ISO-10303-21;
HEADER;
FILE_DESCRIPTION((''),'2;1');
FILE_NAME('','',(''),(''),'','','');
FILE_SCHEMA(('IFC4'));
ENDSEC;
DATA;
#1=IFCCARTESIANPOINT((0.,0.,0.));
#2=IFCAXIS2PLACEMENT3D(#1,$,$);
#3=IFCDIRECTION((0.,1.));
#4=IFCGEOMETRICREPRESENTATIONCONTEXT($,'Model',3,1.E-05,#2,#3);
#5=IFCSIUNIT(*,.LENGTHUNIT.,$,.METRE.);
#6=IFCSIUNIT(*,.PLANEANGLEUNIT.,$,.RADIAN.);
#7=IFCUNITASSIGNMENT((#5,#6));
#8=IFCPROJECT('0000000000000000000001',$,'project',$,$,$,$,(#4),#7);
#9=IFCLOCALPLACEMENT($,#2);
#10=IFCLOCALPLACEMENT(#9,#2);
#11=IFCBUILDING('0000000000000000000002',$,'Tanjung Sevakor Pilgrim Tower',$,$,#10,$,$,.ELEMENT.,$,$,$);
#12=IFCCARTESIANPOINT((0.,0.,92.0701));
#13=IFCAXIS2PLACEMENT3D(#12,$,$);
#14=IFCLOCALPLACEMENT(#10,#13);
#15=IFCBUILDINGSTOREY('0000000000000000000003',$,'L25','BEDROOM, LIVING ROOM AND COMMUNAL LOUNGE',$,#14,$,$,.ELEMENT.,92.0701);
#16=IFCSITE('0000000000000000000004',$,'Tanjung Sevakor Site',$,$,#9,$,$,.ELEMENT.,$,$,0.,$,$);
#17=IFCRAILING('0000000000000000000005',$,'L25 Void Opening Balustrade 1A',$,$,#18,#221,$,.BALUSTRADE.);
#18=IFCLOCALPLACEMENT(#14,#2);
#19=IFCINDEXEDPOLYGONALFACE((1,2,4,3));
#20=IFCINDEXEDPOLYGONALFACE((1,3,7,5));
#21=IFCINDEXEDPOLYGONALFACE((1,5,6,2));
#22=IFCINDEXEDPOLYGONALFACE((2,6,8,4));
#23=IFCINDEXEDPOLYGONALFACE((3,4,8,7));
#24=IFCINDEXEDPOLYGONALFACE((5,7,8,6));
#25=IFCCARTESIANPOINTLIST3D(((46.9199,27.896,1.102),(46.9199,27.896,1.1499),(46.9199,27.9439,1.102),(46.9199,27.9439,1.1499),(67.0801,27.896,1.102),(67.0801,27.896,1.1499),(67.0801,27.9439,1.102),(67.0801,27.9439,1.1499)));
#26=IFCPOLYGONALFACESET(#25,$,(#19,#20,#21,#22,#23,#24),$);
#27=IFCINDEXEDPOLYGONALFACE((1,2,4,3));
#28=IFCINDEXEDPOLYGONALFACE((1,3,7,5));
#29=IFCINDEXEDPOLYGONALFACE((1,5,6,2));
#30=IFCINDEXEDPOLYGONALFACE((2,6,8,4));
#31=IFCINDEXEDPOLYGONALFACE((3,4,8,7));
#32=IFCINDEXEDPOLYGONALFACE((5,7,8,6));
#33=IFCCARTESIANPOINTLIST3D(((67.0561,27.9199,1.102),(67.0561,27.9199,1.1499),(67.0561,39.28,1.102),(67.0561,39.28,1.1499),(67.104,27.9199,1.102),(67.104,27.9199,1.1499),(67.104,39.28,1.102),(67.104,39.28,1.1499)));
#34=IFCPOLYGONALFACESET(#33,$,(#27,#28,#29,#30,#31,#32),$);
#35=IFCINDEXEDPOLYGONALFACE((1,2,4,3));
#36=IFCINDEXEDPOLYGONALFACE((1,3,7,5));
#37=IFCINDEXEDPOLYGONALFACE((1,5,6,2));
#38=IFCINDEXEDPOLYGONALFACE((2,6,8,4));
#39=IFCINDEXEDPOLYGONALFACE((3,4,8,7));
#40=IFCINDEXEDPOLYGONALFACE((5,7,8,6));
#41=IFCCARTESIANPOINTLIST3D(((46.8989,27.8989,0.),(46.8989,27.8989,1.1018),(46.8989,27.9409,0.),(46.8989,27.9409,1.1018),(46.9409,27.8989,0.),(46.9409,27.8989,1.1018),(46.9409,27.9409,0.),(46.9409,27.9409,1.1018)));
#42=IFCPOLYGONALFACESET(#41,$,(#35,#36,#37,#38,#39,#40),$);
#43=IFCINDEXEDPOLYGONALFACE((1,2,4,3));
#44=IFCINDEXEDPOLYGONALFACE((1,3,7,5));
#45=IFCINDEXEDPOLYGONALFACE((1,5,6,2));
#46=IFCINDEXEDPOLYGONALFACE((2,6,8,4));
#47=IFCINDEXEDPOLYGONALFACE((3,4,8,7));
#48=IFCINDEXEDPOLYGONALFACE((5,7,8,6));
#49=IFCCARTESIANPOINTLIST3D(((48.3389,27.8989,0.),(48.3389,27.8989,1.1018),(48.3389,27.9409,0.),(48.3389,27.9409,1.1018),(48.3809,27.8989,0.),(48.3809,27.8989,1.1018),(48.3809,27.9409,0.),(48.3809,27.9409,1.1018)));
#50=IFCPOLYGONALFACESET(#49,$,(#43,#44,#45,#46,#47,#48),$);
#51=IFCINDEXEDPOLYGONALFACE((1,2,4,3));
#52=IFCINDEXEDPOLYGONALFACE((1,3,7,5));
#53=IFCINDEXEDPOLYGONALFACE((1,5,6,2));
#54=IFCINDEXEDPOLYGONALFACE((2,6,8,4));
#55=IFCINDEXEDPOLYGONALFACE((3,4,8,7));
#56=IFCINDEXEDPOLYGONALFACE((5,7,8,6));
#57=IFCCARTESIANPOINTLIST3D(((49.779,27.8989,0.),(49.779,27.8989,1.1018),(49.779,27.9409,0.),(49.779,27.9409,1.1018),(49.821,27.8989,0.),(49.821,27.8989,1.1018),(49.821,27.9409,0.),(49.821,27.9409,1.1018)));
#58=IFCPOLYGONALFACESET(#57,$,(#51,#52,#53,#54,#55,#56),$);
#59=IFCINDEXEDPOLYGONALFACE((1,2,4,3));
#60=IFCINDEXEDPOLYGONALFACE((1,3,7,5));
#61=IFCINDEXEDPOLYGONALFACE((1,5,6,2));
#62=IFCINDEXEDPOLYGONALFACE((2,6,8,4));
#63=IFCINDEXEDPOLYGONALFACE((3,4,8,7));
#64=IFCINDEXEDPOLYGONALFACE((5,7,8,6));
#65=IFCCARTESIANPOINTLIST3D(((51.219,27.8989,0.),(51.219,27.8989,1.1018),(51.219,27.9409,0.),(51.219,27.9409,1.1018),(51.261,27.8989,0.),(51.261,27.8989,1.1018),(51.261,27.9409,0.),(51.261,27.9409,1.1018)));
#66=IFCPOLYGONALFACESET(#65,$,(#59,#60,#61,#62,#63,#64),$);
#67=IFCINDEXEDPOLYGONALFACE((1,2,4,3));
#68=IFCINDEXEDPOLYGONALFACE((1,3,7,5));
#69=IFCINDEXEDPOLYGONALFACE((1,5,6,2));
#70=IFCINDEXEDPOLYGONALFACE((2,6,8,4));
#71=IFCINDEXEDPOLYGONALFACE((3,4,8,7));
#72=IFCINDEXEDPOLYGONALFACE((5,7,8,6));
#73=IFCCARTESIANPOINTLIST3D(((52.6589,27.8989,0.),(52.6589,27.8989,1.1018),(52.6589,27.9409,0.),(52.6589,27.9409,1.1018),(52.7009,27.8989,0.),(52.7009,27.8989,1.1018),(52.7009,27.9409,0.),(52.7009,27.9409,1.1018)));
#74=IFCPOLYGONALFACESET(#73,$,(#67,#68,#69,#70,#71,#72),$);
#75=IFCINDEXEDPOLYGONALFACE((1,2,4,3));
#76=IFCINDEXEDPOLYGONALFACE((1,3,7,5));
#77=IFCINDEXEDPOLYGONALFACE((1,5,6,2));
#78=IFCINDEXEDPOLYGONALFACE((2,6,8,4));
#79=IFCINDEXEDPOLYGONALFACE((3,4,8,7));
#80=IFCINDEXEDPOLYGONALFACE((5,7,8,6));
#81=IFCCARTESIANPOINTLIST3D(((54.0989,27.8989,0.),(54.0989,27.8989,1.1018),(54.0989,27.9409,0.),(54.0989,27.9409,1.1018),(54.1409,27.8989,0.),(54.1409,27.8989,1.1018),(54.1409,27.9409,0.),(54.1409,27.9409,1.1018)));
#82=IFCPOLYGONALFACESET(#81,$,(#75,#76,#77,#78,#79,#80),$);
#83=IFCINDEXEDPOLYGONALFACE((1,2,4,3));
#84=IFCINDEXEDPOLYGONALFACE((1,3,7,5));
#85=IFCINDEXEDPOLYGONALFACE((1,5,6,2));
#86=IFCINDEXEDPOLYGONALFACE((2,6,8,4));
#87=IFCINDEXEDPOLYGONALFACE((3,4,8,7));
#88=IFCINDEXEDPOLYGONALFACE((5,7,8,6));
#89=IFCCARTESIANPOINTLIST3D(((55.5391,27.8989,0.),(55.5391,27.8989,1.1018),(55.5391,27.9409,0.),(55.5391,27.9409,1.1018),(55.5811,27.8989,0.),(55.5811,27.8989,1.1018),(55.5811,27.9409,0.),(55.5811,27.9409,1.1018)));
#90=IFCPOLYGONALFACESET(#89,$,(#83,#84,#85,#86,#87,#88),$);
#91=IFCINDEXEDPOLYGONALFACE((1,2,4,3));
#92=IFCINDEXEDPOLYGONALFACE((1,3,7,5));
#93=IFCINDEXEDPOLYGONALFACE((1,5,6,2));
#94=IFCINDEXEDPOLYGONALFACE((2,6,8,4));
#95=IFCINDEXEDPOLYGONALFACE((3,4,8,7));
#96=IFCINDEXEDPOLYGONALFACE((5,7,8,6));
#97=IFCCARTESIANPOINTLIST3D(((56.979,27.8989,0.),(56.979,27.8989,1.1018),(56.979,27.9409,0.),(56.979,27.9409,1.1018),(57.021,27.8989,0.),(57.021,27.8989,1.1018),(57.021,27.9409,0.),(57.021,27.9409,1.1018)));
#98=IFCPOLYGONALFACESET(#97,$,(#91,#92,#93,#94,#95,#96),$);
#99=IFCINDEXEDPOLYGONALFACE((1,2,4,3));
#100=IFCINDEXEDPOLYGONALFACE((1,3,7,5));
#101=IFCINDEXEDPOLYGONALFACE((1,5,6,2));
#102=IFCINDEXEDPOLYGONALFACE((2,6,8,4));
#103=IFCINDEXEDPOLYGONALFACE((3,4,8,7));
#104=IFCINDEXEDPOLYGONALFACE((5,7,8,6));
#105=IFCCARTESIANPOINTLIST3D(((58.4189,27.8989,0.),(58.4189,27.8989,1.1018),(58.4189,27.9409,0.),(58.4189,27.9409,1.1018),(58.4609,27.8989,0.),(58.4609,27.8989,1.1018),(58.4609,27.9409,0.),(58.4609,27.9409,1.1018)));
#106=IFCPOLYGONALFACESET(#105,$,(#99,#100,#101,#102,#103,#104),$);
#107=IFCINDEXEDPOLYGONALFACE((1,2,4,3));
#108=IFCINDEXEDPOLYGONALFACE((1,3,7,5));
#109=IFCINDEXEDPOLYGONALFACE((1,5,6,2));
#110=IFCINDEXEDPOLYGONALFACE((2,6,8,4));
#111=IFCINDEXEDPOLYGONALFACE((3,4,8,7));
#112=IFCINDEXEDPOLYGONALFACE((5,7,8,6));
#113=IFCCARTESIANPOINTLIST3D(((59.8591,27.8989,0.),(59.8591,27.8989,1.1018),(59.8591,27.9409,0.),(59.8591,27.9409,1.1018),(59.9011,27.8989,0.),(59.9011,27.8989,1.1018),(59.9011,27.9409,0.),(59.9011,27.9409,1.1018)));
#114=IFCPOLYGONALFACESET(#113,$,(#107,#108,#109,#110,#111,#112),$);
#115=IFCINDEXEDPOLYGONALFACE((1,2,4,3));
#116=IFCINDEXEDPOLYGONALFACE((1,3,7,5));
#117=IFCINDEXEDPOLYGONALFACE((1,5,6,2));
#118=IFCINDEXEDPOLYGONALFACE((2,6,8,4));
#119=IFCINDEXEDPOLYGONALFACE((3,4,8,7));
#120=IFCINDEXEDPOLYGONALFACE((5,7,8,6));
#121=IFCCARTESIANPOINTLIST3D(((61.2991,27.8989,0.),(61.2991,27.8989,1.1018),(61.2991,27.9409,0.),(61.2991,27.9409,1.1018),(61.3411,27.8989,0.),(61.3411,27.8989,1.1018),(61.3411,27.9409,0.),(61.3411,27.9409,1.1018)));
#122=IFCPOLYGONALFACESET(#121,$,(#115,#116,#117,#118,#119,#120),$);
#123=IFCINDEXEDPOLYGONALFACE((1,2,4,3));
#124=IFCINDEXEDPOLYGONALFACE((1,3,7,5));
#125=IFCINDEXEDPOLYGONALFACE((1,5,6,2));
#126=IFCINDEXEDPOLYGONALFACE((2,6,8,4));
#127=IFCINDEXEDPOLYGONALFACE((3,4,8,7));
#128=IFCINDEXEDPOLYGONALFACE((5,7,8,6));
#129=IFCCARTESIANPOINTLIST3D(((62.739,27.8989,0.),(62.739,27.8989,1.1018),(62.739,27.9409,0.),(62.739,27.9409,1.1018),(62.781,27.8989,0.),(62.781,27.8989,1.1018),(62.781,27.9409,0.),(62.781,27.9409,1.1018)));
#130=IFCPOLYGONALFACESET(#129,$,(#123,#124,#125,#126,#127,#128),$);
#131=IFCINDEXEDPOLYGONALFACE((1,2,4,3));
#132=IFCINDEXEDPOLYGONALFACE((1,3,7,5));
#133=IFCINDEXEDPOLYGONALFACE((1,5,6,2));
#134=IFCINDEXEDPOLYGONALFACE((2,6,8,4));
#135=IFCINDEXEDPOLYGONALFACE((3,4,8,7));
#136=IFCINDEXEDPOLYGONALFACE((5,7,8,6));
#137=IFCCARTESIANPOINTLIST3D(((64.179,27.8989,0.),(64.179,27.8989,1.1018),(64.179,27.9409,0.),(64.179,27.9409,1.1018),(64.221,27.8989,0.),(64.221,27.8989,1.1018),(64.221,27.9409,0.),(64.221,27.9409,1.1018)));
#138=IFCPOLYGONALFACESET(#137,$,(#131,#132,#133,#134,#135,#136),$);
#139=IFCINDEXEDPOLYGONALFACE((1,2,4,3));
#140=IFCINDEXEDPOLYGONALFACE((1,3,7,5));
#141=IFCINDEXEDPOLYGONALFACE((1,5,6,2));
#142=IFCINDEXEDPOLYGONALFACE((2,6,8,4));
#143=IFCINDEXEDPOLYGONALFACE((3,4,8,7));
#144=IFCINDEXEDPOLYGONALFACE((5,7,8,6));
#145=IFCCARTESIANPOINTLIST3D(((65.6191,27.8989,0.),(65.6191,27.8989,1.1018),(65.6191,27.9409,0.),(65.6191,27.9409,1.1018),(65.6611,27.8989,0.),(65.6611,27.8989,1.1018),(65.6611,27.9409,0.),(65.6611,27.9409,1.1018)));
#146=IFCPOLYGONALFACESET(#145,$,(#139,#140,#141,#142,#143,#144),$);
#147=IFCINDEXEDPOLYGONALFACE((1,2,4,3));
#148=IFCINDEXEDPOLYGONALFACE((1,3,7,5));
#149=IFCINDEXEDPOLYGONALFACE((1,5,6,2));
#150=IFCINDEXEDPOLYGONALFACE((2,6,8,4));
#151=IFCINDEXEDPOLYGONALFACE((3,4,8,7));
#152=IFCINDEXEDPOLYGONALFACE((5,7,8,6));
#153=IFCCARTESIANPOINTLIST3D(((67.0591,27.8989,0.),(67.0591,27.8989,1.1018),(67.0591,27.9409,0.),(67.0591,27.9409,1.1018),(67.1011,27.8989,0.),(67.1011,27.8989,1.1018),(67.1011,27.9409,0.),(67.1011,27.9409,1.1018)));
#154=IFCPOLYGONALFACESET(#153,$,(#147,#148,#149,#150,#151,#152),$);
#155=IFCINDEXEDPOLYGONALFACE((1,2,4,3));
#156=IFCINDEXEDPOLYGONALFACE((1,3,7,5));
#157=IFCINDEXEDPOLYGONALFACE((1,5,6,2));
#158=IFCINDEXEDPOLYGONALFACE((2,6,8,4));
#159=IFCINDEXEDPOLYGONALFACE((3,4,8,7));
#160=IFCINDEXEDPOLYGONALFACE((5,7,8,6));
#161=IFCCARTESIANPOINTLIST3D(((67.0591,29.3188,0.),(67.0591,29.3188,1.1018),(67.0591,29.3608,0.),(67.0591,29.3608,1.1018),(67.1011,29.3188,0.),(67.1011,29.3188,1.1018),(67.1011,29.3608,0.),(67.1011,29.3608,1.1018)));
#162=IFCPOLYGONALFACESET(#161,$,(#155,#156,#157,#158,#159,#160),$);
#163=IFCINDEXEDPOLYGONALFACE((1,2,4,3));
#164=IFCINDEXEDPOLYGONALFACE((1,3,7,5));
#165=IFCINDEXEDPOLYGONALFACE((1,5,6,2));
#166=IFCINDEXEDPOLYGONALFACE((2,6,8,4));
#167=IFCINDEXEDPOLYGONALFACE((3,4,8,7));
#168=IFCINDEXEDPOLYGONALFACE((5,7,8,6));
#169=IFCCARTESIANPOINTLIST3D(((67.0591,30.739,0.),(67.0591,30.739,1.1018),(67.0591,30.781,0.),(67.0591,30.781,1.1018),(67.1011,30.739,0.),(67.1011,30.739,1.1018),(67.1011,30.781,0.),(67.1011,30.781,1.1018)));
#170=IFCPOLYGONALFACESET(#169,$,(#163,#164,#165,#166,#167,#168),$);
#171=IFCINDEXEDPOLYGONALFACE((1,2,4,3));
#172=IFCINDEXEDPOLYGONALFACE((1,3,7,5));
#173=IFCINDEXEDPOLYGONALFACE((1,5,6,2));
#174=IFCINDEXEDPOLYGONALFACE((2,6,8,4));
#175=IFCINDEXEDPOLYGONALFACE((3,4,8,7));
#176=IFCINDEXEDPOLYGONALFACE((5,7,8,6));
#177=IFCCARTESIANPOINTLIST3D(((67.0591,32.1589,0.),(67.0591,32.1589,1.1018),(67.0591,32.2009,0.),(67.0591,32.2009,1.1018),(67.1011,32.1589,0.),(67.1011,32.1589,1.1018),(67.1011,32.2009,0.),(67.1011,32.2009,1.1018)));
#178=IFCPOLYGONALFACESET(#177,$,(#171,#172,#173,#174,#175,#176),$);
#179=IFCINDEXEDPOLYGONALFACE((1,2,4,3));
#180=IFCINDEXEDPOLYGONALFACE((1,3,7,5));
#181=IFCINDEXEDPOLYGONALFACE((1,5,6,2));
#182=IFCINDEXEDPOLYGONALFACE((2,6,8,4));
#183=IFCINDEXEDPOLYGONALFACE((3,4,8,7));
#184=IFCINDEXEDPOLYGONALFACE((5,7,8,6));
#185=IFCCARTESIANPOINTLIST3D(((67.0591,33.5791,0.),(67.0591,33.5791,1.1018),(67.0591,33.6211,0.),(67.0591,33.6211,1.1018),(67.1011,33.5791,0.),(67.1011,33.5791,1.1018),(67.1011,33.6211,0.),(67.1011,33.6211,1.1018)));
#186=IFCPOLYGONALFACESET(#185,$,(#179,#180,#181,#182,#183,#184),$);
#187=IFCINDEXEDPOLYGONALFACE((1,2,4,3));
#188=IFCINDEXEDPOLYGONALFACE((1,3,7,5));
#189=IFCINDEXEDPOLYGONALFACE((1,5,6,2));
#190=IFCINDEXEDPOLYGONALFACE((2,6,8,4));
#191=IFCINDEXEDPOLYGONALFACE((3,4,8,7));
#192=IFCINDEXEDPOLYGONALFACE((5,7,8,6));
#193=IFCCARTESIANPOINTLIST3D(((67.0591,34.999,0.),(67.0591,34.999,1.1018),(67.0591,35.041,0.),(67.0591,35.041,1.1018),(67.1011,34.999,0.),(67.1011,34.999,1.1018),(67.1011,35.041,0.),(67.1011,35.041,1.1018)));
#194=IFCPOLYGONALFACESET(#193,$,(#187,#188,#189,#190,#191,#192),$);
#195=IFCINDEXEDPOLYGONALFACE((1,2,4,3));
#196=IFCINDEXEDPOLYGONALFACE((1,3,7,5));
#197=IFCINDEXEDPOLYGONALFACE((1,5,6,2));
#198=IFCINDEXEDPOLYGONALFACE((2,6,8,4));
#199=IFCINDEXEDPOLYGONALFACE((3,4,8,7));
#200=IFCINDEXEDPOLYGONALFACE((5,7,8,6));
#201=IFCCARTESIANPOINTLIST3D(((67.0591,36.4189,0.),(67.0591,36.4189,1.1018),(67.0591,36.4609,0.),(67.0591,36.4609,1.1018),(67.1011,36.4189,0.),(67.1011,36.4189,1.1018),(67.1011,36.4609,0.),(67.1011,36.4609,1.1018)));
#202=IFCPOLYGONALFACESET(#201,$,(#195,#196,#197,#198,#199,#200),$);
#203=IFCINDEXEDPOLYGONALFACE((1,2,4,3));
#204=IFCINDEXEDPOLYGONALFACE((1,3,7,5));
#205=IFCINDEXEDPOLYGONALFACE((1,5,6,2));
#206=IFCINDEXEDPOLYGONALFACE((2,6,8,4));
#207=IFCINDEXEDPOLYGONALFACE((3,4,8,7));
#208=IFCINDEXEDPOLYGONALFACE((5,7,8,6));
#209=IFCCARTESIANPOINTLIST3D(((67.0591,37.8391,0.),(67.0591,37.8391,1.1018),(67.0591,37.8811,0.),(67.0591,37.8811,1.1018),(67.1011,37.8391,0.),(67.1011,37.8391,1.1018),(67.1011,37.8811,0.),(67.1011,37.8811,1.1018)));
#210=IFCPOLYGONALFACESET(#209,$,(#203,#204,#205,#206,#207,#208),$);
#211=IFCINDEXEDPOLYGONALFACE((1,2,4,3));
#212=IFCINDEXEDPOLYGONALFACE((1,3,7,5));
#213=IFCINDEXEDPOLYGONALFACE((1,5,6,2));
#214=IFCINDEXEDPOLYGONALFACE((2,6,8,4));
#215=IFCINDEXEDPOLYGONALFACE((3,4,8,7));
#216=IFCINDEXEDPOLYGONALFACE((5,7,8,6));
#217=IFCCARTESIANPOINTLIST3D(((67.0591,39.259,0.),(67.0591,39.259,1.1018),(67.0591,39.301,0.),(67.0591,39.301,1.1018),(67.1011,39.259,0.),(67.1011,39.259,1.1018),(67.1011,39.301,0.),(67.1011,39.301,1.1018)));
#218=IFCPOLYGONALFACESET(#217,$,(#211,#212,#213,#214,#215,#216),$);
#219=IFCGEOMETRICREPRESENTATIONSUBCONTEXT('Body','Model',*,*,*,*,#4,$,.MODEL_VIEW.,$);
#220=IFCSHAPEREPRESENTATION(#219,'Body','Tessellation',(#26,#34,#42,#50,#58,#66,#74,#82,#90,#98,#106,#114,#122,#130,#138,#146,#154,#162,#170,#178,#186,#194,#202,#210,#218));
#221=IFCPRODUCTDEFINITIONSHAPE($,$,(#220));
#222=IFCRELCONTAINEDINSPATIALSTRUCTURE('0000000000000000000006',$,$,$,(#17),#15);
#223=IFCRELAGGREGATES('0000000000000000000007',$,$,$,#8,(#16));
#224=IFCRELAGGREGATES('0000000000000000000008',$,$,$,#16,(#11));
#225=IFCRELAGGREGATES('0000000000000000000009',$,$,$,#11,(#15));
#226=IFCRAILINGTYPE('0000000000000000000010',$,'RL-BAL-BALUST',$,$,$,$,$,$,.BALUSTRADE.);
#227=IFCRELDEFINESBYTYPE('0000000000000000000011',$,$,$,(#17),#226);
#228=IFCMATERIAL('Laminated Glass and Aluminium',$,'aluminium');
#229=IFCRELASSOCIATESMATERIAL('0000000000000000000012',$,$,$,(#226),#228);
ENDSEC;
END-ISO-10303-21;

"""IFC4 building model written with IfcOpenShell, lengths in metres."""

from ifc_helpers import new_model, si_unit, direction, frame, origin, place, context, subcontext, project, spatial, rectangle, extrude, material, type_object, element, save


model = new_model("IFC4")

# Units and contexts
model_context = context("Model", 3, precision=1e-05, world=origin(), true_north=direction((0.0, 1.0)))
body_context = subcontext(model_context, "Body", "Model", "MODEL_VIEW")
ifc_project = project(units=[si_unit("LENGTHUNIT", "METRE"), si_unit("PLANEANGLEUNIT", "RADIAN")], contexts=[model_context])

# Site, building, storey
site_placement = place(None, origin())
site = spatial("IfcSite", under=ifc_project, at=site_placement, Name="Tanjung Sevakor Site", CompositionType="ELEMENT", RefElevation=0.0)
building_placement = place(site_placement, origin())
building = spatial("IfcBuilding", under=site, at=building_placement, Name="Tanjung Sevakor Pilgrim Tower", CompositionType="ELEMENT")
storey_placement = place(building_placement, frame((0.0, 0.0, 92.0701)))
storey = spatial("IfcBuildingStorey", under=building, at=storey_placement, Name="L25", Description="BEDROOM, LIVING ROOM AND COMMUNAL LOUNGE", CompositionType="ELEMENT", Elevation=92.0701)

# Railing
ifc_material_1 = material(Name="Laminated Glass and Aluminium", Category="aluminium")
railing_type = type_object("IfcRailingType", Name="RL-BAL-BALUST", PredefinedType="BALUSTRADE", material=ifc_material_1)
railing_placement = place(storey_placement, frame((46.9199, 27.9199, 0.0)))
element("IfcRailing", 1, at=railing_placement, inside=storey, type_object=railing_type, Name="L25 Void Opening Balustrade 1A", PredefinedType="BALUSTRADE", context=body_context, shape_type="SweptSolid", body=[
    extrude(rectangle(XDim=0.0479, YDim=0.0479), frame((0.0, 0.0, 1.126), z_axis=(1.0, 0.0, 0.0), x_axis=(0.0, 1.0, 0.0)), (0.0, 0.0, 1.0), 20.1602),
    extrude(rectangle(XDim=0.0479, YDim=0.0479), frame((20.1602, 0.0, 1.126), z_axis=(0.0, 1.0, 0.0), x_axis=(-1.0, 0.0, 0.0)), (0.0, 0.0, 1.0), 11.3601),
    extrude(rectangle(XDim=0.042, YDim=0.042), origin(), (0.0, 0.0, 1.0), 1.1018),
    extrude(rectangle(XDim=0.042, YDim=0.042), frame((1.4399, 0.0, 0.0)), (0.0, 0.0, 1.0), 1.1018),
    extrude(rectangle(XDim=0.042, YDim=0.042), frame((2.8801, 0.0, 0.0)), (0.0, 0.0, 1.0), 1.1018),
    extrude(rectangle(XDim=0.042, YDim=0.042), frame((4.3201, 0.0, 0.0)), (0.0, 0.0, 1.0), 1.1018),
    extrude(rectangle(XDim=0.042, YDim=0.042), frame((5.76, 0.0, 0.0)), (0.0, 0.0, 1.0), 1.1018),
    extrude(rectangle(XDim=0.042, YDim=0.042), frame((7.2, 0.0, 0.0)), (0.0, 0.0, 1.0), 1.1018),
    extrude(rectangle(XDim=0.042, YDim=0.042), frame((8.6401, 0.0, 0.0)), (0.0, 0.0, 1.0), 1.1018),
    extrude(rectangle(XDim=0.042, YDim=0.042), frame((10.0801, 0.0, 0.0)), (0.0, 0.0, 1.0), 1.1018),
    extrude(rectangle(XDim=0.042, YDim=0.042), frame((11.52, 0.0, 0.0)), (0.0, 0.0, 1.0), 1.1018),
    extrude(rectangle(XDim=0.042, YDim=0.042), frame((12.9602, 0.0, 0.0)), (0.0, 0.0, 1.0), 1.1018),
    extrude(rectangle(XDim=0.042, YDim=0.042), frame((14.4001, 0.0, 0.0)), (0.0, 0.0, 1.0), 1.1018),
    extrude(rectangle(XDim=0.042, YDim=0.042), frame((15.8401, 0.0, 0.0)), (0.0, 0.0, 1.0), 1.1018),
    extrude(rectangle(XDim=0.042, YDim=0.042), frame((17.28, 0.0, 0.0)), (0.0, 0.0, 1.0), 1.1018),
    extrude(rectangle(XDim=0.042, YDim=0.042), frame((18.7202, 0.0, 0.0)), (0.0, 0.0, 1.0), 1.1018),
    extrude(rectangle(XDim=0.042, YDim=0.042), frame((20.1602, 0.0, 0.0)), (0.0, 0.0, 1.0), 1.1018),
    extrude(rectangle(XDim=0.042, YDim=0.042), frame((20.1602, 1.4199, 0.0)), (0.0, 0.0, 1.0), 1.1018),
    extrude(rectangle(XDim=0.042, YDim=0.042), frame((20.1602, 2.8401, 0.0)), (0.0, 0.0, 1.0), 1.1018),
    extrude(rectangle(XDim=0.042, YDim=0.042), frame((20.1602, 4.26, 0.0)), (0.0, 0.0, 1.0), 1.1018),
    extrude(rectangle(XDim=0.042, YDim=0.042), frame((20.1602, 5.6802, 0.0)), (0.0, 0.0, 1.0), 1.1018),
    extrude(rectangle(XDim=0.042, YDim=0.042), frame((20.1602, 7.1001, 0.0)), (0.0, 0.0, 1.0), 1.1018),
    extrude(rectangle(XDim=0.042, YDim=0.042), frame((20.1602, 8.52, 0.0)), (0.0, 0.0, 1.0), 1.1018),
    extrude(rectangle(XDim=0.042, YDim=0.042), frame((20.1602, 9.9402, 0.0)), (0.0, 0.0, 1.0), 1.1018),
    extrude(rectangle(XDim=0.042, YDim=0.042), frame((20.1602, 11.3601, 0.0)), (0.0, 0.0, 1.0), 1.1018),
])

save(model, "model.ifc")
